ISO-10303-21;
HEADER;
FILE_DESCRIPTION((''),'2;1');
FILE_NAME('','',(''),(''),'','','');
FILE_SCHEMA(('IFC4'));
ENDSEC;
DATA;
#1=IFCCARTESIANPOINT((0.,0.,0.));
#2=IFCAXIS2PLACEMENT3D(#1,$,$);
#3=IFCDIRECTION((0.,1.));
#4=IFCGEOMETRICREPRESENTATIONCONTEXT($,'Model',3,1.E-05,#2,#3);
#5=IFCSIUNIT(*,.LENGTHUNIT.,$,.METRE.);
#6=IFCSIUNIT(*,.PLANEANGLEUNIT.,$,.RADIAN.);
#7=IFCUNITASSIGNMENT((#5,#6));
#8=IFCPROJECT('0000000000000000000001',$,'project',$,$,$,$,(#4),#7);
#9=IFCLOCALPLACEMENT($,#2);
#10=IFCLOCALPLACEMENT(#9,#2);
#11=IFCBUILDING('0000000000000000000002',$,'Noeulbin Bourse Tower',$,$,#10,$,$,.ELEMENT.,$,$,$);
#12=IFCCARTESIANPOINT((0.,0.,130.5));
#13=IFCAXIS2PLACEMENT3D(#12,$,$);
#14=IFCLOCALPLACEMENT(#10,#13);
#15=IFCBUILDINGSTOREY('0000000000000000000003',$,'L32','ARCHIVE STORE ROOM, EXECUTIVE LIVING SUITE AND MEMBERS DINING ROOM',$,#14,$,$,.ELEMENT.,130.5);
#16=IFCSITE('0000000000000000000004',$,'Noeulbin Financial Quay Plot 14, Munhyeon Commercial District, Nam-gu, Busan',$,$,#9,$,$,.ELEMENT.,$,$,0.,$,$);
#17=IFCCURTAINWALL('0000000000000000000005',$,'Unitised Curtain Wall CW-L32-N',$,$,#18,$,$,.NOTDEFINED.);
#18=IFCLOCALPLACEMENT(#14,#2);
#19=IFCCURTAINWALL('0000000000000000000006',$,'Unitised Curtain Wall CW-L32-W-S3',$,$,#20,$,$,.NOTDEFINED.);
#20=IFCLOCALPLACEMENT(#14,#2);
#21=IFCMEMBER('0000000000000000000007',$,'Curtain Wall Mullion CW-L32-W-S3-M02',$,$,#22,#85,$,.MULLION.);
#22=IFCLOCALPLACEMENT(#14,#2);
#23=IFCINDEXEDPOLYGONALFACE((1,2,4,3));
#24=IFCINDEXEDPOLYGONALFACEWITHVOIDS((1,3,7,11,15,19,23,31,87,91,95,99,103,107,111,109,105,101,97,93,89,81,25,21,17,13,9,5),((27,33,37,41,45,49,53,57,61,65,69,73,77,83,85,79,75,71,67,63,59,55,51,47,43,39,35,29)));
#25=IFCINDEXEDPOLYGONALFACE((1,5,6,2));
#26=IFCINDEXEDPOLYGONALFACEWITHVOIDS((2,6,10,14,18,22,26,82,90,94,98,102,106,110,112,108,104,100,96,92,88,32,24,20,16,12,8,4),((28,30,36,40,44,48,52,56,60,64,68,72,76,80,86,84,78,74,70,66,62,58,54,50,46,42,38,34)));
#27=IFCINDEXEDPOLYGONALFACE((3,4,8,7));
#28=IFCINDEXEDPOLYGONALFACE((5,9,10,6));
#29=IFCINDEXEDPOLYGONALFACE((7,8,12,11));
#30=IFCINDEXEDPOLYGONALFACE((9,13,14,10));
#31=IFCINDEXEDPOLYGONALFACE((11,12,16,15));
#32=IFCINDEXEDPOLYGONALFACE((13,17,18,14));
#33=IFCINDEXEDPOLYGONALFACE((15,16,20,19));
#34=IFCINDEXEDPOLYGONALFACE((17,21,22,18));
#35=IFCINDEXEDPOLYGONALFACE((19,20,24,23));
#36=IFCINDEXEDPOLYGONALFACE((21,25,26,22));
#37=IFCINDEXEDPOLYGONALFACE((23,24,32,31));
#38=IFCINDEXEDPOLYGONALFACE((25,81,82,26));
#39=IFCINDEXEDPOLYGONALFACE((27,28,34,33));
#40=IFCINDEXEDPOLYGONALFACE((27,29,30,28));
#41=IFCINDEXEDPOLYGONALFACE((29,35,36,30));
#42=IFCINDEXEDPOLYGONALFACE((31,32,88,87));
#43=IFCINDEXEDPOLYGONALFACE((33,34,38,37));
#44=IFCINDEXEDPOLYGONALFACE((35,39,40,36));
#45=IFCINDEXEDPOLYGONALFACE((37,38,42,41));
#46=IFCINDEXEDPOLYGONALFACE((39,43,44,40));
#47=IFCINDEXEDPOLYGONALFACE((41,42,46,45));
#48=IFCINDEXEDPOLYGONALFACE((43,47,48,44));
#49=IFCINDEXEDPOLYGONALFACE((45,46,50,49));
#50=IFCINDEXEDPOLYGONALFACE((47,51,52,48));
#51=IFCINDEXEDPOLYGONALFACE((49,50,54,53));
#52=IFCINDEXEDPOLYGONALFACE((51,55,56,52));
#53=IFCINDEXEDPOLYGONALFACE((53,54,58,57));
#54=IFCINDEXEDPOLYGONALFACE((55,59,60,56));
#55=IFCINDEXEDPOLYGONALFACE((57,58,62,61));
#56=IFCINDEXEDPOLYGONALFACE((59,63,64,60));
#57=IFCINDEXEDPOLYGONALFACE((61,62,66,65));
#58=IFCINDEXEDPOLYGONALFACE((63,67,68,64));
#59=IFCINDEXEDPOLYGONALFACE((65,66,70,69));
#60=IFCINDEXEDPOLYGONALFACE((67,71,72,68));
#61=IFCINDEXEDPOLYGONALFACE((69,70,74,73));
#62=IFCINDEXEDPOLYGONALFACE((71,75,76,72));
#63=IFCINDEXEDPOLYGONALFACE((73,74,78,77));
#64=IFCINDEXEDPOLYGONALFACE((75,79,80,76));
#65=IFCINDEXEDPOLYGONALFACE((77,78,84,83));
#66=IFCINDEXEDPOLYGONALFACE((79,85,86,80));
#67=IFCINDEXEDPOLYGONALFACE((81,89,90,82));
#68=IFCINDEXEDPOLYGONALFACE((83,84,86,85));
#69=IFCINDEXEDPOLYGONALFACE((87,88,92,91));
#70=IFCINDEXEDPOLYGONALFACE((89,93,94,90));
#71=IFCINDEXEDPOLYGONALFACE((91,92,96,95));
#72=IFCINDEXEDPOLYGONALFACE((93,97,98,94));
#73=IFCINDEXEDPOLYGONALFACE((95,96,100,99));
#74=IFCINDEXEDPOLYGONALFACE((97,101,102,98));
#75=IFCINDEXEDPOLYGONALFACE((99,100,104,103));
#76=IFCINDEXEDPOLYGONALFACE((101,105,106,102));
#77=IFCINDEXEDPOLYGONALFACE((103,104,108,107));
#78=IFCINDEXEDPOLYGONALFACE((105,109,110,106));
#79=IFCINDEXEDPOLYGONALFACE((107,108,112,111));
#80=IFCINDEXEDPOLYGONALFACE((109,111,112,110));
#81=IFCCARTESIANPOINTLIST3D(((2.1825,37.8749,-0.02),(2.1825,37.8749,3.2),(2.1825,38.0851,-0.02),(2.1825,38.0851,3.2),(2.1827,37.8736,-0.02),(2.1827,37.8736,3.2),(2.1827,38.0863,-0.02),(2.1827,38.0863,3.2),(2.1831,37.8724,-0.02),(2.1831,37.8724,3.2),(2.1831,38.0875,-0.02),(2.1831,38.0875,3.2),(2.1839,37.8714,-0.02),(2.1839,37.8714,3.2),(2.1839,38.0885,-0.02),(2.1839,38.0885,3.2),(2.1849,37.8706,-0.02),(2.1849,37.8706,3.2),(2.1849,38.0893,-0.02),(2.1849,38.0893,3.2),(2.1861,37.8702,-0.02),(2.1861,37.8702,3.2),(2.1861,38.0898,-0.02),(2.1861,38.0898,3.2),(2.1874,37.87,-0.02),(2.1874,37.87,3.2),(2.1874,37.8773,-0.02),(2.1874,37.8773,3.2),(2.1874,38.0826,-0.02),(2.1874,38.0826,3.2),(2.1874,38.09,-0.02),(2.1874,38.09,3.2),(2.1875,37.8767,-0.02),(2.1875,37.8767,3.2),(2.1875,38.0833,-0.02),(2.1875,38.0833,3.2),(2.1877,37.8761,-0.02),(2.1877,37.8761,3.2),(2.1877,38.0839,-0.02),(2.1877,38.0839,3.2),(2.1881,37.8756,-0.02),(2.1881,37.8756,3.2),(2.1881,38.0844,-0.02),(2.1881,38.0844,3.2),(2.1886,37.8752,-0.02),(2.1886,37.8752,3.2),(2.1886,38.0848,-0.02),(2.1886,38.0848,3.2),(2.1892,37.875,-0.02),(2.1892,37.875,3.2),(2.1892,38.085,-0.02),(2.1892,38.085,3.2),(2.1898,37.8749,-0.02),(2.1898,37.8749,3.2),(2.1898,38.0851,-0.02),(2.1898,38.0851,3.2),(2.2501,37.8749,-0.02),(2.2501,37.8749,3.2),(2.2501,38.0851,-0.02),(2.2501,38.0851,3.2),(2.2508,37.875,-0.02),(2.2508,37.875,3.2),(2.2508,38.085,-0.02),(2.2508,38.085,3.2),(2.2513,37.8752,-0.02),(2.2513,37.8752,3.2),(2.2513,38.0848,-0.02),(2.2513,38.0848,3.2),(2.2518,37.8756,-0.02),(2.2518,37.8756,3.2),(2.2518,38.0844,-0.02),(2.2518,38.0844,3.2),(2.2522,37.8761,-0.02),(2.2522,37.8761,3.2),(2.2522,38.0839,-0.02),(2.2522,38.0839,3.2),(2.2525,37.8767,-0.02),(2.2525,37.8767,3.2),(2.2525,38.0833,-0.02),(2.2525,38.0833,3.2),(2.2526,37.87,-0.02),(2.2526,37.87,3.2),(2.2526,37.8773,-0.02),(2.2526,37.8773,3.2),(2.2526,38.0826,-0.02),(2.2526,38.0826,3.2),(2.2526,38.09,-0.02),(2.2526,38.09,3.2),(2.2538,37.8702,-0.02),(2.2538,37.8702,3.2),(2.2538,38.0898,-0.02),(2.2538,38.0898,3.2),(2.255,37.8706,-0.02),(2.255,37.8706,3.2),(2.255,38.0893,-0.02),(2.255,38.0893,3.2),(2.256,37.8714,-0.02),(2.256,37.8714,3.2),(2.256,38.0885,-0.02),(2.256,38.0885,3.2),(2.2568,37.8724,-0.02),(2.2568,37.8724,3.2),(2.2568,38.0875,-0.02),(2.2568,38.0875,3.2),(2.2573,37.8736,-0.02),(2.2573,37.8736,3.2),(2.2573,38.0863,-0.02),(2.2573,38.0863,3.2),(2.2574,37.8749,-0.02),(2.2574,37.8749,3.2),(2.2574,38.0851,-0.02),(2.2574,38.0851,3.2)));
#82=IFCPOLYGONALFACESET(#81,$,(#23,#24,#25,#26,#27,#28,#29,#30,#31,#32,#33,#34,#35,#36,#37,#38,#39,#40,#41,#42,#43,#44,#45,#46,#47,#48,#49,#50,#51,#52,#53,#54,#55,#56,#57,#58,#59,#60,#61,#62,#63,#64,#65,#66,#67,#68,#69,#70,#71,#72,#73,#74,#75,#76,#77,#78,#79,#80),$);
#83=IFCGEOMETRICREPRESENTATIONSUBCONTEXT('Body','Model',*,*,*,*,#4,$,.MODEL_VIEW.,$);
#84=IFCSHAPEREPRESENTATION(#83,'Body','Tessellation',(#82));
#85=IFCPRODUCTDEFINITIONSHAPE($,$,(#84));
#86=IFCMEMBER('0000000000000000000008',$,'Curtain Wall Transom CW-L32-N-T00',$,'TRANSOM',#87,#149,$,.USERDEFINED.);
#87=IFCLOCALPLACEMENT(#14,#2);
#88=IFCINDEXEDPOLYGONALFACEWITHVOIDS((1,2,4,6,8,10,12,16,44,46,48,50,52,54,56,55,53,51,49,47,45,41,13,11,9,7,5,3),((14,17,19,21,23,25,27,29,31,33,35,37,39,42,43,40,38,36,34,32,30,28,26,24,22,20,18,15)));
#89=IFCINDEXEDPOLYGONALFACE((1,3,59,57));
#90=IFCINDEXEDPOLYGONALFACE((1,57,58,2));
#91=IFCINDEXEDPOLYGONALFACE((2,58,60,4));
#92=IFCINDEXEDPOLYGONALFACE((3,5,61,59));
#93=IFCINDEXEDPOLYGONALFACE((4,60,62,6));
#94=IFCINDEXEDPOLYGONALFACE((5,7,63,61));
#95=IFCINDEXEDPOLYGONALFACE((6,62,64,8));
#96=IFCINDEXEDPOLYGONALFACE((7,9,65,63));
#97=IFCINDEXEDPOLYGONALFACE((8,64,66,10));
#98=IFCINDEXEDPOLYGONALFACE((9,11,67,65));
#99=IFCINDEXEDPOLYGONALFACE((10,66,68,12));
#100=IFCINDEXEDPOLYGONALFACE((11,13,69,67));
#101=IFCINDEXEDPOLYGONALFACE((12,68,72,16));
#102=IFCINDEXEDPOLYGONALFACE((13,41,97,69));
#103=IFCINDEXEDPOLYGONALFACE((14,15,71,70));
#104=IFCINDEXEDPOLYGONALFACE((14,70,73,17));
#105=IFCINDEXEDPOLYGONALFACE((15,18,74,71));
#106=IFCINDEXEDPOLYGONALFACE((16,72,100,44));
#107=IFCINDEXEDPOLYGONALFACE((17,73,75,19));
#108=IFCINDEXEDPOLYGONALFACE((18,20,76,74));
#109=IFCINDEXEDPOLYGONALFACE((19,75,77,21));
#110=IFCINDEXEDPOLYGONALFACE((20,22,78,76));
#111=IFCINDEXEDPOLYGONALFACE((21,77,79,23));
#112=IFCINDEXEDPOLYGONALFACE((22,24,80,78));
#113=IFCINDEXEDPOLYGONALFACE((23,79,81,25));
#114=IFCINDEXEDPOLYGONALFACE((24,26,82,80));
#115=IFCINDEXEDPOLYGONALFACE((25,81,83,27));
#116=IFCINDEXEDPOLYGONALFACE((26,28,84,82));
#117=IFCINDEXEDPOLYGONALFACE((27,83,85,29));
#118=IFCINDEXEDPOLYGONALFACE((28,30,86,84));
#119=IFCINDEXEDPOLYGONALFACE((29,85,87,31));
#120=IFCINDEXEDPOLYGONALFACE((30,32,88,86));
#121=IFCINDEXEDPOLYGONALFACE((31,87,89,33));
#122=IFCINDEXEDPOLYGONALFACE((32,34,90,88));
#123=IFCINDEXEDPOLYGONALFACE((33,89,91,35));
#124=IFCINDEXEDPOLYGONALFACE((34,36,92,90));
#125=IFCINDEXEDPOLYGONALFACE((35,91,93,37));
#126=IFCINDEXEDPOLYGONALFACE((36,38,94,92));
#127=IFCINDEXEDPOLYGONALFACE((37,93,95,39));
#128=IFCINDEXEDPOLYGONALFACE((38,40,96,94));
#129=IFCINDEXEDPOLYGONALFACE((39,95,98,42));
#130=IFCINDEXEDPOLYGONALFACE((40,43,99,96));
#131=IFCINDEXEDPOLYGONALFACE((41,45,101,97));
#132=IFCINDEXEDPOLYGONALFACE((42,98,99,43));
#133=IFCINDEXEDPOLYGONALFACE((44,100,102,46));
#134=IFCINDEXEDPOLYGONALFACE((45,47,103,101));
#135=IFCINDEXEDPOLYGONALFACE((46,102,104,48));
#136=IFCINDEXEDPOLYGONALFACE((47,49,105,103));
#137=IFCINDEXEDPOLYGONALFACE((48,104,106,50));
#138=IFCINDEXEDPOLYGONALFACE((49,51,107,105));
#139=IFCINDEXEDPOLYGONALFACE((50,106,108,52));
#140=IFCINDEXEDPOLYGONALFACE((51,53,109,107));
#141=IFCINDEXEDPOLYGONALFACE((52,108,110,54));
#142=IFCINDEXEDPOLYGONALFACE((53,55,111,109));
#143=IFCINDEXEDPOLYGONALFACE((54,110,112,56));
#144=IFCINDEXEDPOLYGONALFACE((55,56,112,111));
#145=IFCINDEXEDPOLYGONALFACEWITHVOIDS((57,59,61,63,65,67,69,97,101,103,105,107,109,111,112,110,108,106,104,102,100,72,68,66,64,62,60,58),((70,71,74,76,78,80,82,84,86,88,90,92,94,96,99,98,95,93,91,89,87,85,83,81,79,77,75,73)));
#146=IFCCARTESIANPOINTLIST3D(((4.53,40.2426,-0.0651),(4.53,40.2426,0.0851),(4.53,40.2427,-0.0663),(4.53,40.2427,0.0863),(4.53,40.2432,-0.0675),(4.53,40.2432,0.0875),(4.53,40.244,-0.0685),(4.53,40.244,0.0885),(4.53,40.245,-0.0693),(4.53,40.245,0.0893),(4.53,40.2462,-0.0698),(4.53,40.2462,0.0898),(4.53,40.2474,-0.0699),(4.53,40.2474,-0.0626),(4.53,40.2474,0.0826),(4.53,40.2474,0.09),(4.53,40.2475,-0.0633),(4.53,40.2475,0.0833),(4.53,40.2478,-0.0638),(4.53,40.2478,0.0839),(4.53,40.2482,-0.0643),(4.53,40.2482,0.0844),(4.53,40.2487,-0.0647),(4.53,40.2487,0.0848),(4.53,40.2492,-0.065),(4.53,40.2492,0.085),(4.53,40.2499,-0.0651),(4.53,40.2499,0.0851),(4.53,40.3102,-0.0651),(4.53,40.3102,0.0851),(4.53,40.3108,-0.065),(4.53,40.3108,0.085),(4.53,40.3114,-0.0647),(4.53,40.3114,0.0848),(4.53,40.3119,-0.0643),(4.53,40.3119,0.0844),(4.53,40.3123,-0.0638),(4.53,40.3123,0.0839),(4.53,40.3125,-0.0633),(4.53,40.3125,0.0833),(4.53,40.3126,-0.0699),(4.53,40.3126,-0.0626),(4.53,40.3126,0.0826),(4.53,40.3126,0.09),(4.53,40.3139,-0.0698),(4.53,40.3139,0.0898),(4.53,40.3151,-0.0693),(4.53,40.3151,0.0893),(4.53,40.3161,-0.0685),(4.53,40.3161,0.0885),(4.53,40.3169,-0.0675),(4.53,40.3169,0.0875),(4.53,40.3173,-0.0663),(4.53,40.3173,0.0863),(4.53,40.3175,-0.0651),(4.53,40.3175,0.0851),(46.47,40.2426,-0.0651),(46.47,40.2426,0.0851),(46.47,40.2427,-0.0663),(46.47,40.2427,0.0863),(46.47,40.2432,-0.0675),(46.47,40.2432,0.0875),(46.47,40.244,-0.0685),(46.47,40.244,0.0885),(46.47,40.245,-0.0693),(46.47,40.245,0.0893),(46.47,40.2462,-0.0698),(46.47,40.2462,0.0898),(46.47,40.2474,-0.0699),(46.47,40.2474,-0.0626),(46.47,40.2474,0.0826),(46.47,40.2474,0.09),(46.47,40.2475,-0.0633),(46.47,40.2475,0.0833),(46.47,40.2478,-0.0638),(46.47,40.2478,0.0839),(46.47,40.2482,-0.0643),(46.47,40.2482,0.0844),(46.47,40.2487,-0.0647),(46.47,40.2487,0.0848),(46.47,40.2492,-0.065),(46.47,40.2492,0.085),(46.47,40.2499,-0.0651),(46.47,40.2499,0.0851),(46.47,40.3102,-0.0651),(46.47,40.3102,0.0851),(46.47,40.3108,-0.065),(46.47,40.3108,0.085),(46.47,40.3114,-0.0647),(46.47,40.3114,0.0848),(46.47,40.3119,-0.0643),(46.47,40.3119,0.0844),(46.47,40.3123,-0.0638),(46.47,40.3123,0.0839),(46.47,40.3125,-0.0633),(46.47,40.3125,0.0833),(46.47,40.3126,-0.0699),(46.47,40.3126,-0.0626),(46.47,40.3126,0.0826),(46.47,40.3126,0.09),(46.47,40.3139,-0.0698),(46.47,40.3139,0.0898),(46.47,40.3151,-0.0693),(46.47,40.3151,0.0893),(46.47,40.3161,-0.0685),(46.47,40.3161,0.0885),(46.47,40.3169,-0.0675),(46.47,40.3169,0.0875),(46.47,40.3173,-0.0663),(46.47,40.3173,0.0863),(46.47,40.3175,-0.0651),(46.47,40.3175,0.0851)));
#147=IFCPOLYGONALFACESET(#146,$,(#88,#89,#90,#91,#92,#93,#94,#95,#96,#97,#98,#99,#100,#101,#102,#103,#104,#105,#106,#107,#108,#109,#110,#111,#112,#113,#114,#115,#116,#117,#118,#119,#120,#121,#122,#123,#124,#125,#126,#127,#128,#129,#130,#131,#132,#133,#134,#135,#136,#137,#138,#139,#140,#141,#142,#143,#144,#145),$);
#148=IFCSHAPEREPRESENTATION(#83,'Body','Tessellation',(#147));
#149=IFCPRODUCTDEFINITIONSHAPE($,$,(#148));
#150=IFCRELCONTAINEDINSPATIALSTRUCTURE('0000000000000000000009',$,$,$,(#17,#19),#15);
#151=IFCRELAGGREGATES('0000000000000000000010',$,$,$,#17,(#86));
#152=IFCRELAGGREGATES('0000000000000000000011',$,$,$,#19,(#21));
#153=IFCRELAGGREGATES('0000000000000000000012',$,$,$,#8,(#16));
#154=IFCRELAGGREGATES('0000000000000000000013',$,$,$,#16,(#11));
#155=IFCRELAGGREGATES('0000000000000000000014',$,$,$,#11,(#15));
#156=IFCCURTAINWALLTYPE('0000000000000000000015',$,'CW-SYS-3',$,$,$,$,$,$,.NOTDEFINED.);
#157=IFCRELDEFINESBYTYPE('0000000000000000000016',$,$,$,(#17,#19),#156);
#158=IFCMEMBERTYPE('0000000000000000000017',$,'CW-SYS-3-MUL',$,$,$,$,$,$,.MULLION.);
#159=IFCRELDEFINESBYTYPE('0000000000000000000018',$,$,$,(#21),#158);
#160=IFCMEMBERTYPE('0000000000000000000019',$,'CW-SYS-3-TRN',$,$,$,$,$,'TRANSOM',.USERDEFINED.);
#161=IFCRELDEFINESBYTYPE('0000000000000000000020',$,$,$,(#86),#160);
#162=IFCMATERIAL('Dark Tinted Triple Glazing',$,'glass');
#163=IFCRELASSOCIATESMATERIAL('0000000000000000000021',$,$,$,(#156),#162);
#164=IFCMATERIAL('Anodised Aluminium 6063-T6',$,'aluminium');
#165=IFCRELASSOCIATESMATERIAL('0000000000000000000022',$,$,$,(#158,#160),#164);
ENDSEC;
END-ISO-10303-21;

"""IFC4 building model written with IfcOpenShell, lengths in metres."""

from ifc_helpers import new_model, si_unit, direction, frame, origin, origin_2d, place, context, subcontext, project, spatial, hollow_rectangle, extrude, material, material_profile, profile_set, type_object, element, aggregate, save


model = new_model("IFC4")

# Units and contexts
model_context = context("Model", 3, precision=1e-05, world=origin(), true_north=direction((0.0, 1.0)))
body_context = subcontext(model_context, "Body", "Model", "MODEL_VIEW")
ifc_project = project(units=[si_unit("LENGTHUNIT", "METRE"), si_unit("PLANEANGLEUNIT", "RADIAN")], contexts=[model_context])

# Site, building, storey
site_placement = place(None, origin())
site = spatial("IfcSite", under=ifc_project, at=site_placement, Name="Noeulbin Financial Quay Plot 14, Munhyeon Commercial District, Nam-gu, Busan", CompositionType="ELEMENT", RefElevation=0.0)
building_placement = place(site_placement, origin())
building = spatial("IfcBuilding", under=site, at=building_placement, Name="Noeulbin Bourse Tower", CompositionType="ELEMENT")
storey_placement = place(building_placement, frame((0.0, 0.0, 130.5)))
storey = spatial("IfcBuildingStorey", under=building, at=storey_placement, Name="L32", Description="ARCHIVE STORE ROOM, EXECUTIVE LIVING SUITE AND MEMBERS DINING ROOM", CompositionType="ELEMENT", Elevation=130.5)

# Curtain walls, member
ifc_material_1 = material(Name="Dark Tinted Triple Glazing", Category="glass")
curtain_wall_type = type_object("IfcCurtainWallType", Name="CW-SYS-3", PredefinedType="NOTDEFINED", material=ifc_material_1)
curtain_wall_1_placement = place(storey_placement, origin())
curtain_wall_1 = element("IfcCurtainWall", 1, at=curtain_wall_1_placement, inside=storey, type_object=curtain_wall_type, Name="Unitised Curtain Wall CW-L32-N", PredefinedType="NOTDEFINED")
ifc_material_2 = material(Name="Anodised Aluminium 6063-T6", Category="aluminium")
ifc_material_profile_1 = material_profile(ifc_material_2, hollow_rectangle(XDim=0.075, YDim=0.22, WallThickness=0.0049, InnerFilletRadius=0.0024, OuterFilletRadius=0.0049, at=origin_2d()), Name="ALU-MULL-75x220x5", Category="LoadBearing")
ifc_profile_set_1 = profile_set([ifc_material_profile_1], Name="Anodised Aluminium 6063-T6")
member_type_1 = type_object("IfcMemberType", Name="CW-SYS-3-MUL", PredefinedType="MULLION", material=ifc_profile_set_1)
curtain_wall_2_placement = place(storey_placement, origin())
curtain_wall_2 = element("IfcCurtainWall", 2, at=curtain_wall_2_placement, inside=storey, type_object=curtain_wall_type, Name="Unitised Curtain Wall CW-L32-W-S3", PredefinedType="NOTDEFINED")
member_1_placement = place(storey_placement, frame((2.22, 37.98, -0.02), z_axis=(0.0, 0.0, 1.0), x_axis=(1.0, 0.0, 0.0)))
member_1 = element("IfcMember", 3, at=member_1_placement, type_object=member_type_1, Name="Curtain Wall Mullion CW-L32-W-S3-M02", PredefinedType="MULLION", context=body_context, shape_type="SweptSolid", body=[
    extrude(hollow_rectangle(XDim=0.075, YDim=0.22, WallThickness=0.0049, InnerFilletRadius=0.0024, OuterFilletRadius=0.0049, at=origin_2d()), origin(), (0.0, 0.0, 1.0), 3.22),
])

# Member
ifc_material_profile_2 = material_profile(ifc_material_2, hollow_rectangle(XDim=0.075, YDim=0.1599, WallThickness=0.0049, InnerFilletRadius=0.0024, OuterFilletRadius=0.0049, at=origin_2d()), Name="ALU-TRAN-75x160x5", Category="LoadBearing")
ifc_profile_set_2 = profile_set([ifc_material_profile_2], Name="Anodised Aluminium 6063-T6")
member_type_2 = type_object("IfcMemberType", Name="CW-SYS-3-TRN", ElementType="TRANSOM", PredefinedType="USERDEFINED", material=ifc_profile_set_2)
member_2_placement = place(storey_placement, frame((4.53, 40.28, 0.01), z_axis=(1.0, 0.0, 0.0), x_axis=(0.0, 1.0, 0.0)))
member_2 = element("IfcMember", 4, at=member_2_placement, type_object=member_type_2, Name="Curtain Wall Transom CW-L32-N-T00", ObjectType="TRANSOM", PredefinedType="USERDEFINED", context=body_context, shape_type="SweptSolid", body=[
    extrude(hollow_rectangle(XDim=0.075, YDim=0.1599, WallThickness=0.0049, InnerFilletRadius=0.0024, OuterFilletRadius=0.0049, at=origin_2d()), origin(), (0.0, 0.0, 1.0), 41.9399),
])

aggregate(curtain_wall_1, [member_2])
aggregate(curtain_wall_2, [member_1])

save(model, "model.ifc")
